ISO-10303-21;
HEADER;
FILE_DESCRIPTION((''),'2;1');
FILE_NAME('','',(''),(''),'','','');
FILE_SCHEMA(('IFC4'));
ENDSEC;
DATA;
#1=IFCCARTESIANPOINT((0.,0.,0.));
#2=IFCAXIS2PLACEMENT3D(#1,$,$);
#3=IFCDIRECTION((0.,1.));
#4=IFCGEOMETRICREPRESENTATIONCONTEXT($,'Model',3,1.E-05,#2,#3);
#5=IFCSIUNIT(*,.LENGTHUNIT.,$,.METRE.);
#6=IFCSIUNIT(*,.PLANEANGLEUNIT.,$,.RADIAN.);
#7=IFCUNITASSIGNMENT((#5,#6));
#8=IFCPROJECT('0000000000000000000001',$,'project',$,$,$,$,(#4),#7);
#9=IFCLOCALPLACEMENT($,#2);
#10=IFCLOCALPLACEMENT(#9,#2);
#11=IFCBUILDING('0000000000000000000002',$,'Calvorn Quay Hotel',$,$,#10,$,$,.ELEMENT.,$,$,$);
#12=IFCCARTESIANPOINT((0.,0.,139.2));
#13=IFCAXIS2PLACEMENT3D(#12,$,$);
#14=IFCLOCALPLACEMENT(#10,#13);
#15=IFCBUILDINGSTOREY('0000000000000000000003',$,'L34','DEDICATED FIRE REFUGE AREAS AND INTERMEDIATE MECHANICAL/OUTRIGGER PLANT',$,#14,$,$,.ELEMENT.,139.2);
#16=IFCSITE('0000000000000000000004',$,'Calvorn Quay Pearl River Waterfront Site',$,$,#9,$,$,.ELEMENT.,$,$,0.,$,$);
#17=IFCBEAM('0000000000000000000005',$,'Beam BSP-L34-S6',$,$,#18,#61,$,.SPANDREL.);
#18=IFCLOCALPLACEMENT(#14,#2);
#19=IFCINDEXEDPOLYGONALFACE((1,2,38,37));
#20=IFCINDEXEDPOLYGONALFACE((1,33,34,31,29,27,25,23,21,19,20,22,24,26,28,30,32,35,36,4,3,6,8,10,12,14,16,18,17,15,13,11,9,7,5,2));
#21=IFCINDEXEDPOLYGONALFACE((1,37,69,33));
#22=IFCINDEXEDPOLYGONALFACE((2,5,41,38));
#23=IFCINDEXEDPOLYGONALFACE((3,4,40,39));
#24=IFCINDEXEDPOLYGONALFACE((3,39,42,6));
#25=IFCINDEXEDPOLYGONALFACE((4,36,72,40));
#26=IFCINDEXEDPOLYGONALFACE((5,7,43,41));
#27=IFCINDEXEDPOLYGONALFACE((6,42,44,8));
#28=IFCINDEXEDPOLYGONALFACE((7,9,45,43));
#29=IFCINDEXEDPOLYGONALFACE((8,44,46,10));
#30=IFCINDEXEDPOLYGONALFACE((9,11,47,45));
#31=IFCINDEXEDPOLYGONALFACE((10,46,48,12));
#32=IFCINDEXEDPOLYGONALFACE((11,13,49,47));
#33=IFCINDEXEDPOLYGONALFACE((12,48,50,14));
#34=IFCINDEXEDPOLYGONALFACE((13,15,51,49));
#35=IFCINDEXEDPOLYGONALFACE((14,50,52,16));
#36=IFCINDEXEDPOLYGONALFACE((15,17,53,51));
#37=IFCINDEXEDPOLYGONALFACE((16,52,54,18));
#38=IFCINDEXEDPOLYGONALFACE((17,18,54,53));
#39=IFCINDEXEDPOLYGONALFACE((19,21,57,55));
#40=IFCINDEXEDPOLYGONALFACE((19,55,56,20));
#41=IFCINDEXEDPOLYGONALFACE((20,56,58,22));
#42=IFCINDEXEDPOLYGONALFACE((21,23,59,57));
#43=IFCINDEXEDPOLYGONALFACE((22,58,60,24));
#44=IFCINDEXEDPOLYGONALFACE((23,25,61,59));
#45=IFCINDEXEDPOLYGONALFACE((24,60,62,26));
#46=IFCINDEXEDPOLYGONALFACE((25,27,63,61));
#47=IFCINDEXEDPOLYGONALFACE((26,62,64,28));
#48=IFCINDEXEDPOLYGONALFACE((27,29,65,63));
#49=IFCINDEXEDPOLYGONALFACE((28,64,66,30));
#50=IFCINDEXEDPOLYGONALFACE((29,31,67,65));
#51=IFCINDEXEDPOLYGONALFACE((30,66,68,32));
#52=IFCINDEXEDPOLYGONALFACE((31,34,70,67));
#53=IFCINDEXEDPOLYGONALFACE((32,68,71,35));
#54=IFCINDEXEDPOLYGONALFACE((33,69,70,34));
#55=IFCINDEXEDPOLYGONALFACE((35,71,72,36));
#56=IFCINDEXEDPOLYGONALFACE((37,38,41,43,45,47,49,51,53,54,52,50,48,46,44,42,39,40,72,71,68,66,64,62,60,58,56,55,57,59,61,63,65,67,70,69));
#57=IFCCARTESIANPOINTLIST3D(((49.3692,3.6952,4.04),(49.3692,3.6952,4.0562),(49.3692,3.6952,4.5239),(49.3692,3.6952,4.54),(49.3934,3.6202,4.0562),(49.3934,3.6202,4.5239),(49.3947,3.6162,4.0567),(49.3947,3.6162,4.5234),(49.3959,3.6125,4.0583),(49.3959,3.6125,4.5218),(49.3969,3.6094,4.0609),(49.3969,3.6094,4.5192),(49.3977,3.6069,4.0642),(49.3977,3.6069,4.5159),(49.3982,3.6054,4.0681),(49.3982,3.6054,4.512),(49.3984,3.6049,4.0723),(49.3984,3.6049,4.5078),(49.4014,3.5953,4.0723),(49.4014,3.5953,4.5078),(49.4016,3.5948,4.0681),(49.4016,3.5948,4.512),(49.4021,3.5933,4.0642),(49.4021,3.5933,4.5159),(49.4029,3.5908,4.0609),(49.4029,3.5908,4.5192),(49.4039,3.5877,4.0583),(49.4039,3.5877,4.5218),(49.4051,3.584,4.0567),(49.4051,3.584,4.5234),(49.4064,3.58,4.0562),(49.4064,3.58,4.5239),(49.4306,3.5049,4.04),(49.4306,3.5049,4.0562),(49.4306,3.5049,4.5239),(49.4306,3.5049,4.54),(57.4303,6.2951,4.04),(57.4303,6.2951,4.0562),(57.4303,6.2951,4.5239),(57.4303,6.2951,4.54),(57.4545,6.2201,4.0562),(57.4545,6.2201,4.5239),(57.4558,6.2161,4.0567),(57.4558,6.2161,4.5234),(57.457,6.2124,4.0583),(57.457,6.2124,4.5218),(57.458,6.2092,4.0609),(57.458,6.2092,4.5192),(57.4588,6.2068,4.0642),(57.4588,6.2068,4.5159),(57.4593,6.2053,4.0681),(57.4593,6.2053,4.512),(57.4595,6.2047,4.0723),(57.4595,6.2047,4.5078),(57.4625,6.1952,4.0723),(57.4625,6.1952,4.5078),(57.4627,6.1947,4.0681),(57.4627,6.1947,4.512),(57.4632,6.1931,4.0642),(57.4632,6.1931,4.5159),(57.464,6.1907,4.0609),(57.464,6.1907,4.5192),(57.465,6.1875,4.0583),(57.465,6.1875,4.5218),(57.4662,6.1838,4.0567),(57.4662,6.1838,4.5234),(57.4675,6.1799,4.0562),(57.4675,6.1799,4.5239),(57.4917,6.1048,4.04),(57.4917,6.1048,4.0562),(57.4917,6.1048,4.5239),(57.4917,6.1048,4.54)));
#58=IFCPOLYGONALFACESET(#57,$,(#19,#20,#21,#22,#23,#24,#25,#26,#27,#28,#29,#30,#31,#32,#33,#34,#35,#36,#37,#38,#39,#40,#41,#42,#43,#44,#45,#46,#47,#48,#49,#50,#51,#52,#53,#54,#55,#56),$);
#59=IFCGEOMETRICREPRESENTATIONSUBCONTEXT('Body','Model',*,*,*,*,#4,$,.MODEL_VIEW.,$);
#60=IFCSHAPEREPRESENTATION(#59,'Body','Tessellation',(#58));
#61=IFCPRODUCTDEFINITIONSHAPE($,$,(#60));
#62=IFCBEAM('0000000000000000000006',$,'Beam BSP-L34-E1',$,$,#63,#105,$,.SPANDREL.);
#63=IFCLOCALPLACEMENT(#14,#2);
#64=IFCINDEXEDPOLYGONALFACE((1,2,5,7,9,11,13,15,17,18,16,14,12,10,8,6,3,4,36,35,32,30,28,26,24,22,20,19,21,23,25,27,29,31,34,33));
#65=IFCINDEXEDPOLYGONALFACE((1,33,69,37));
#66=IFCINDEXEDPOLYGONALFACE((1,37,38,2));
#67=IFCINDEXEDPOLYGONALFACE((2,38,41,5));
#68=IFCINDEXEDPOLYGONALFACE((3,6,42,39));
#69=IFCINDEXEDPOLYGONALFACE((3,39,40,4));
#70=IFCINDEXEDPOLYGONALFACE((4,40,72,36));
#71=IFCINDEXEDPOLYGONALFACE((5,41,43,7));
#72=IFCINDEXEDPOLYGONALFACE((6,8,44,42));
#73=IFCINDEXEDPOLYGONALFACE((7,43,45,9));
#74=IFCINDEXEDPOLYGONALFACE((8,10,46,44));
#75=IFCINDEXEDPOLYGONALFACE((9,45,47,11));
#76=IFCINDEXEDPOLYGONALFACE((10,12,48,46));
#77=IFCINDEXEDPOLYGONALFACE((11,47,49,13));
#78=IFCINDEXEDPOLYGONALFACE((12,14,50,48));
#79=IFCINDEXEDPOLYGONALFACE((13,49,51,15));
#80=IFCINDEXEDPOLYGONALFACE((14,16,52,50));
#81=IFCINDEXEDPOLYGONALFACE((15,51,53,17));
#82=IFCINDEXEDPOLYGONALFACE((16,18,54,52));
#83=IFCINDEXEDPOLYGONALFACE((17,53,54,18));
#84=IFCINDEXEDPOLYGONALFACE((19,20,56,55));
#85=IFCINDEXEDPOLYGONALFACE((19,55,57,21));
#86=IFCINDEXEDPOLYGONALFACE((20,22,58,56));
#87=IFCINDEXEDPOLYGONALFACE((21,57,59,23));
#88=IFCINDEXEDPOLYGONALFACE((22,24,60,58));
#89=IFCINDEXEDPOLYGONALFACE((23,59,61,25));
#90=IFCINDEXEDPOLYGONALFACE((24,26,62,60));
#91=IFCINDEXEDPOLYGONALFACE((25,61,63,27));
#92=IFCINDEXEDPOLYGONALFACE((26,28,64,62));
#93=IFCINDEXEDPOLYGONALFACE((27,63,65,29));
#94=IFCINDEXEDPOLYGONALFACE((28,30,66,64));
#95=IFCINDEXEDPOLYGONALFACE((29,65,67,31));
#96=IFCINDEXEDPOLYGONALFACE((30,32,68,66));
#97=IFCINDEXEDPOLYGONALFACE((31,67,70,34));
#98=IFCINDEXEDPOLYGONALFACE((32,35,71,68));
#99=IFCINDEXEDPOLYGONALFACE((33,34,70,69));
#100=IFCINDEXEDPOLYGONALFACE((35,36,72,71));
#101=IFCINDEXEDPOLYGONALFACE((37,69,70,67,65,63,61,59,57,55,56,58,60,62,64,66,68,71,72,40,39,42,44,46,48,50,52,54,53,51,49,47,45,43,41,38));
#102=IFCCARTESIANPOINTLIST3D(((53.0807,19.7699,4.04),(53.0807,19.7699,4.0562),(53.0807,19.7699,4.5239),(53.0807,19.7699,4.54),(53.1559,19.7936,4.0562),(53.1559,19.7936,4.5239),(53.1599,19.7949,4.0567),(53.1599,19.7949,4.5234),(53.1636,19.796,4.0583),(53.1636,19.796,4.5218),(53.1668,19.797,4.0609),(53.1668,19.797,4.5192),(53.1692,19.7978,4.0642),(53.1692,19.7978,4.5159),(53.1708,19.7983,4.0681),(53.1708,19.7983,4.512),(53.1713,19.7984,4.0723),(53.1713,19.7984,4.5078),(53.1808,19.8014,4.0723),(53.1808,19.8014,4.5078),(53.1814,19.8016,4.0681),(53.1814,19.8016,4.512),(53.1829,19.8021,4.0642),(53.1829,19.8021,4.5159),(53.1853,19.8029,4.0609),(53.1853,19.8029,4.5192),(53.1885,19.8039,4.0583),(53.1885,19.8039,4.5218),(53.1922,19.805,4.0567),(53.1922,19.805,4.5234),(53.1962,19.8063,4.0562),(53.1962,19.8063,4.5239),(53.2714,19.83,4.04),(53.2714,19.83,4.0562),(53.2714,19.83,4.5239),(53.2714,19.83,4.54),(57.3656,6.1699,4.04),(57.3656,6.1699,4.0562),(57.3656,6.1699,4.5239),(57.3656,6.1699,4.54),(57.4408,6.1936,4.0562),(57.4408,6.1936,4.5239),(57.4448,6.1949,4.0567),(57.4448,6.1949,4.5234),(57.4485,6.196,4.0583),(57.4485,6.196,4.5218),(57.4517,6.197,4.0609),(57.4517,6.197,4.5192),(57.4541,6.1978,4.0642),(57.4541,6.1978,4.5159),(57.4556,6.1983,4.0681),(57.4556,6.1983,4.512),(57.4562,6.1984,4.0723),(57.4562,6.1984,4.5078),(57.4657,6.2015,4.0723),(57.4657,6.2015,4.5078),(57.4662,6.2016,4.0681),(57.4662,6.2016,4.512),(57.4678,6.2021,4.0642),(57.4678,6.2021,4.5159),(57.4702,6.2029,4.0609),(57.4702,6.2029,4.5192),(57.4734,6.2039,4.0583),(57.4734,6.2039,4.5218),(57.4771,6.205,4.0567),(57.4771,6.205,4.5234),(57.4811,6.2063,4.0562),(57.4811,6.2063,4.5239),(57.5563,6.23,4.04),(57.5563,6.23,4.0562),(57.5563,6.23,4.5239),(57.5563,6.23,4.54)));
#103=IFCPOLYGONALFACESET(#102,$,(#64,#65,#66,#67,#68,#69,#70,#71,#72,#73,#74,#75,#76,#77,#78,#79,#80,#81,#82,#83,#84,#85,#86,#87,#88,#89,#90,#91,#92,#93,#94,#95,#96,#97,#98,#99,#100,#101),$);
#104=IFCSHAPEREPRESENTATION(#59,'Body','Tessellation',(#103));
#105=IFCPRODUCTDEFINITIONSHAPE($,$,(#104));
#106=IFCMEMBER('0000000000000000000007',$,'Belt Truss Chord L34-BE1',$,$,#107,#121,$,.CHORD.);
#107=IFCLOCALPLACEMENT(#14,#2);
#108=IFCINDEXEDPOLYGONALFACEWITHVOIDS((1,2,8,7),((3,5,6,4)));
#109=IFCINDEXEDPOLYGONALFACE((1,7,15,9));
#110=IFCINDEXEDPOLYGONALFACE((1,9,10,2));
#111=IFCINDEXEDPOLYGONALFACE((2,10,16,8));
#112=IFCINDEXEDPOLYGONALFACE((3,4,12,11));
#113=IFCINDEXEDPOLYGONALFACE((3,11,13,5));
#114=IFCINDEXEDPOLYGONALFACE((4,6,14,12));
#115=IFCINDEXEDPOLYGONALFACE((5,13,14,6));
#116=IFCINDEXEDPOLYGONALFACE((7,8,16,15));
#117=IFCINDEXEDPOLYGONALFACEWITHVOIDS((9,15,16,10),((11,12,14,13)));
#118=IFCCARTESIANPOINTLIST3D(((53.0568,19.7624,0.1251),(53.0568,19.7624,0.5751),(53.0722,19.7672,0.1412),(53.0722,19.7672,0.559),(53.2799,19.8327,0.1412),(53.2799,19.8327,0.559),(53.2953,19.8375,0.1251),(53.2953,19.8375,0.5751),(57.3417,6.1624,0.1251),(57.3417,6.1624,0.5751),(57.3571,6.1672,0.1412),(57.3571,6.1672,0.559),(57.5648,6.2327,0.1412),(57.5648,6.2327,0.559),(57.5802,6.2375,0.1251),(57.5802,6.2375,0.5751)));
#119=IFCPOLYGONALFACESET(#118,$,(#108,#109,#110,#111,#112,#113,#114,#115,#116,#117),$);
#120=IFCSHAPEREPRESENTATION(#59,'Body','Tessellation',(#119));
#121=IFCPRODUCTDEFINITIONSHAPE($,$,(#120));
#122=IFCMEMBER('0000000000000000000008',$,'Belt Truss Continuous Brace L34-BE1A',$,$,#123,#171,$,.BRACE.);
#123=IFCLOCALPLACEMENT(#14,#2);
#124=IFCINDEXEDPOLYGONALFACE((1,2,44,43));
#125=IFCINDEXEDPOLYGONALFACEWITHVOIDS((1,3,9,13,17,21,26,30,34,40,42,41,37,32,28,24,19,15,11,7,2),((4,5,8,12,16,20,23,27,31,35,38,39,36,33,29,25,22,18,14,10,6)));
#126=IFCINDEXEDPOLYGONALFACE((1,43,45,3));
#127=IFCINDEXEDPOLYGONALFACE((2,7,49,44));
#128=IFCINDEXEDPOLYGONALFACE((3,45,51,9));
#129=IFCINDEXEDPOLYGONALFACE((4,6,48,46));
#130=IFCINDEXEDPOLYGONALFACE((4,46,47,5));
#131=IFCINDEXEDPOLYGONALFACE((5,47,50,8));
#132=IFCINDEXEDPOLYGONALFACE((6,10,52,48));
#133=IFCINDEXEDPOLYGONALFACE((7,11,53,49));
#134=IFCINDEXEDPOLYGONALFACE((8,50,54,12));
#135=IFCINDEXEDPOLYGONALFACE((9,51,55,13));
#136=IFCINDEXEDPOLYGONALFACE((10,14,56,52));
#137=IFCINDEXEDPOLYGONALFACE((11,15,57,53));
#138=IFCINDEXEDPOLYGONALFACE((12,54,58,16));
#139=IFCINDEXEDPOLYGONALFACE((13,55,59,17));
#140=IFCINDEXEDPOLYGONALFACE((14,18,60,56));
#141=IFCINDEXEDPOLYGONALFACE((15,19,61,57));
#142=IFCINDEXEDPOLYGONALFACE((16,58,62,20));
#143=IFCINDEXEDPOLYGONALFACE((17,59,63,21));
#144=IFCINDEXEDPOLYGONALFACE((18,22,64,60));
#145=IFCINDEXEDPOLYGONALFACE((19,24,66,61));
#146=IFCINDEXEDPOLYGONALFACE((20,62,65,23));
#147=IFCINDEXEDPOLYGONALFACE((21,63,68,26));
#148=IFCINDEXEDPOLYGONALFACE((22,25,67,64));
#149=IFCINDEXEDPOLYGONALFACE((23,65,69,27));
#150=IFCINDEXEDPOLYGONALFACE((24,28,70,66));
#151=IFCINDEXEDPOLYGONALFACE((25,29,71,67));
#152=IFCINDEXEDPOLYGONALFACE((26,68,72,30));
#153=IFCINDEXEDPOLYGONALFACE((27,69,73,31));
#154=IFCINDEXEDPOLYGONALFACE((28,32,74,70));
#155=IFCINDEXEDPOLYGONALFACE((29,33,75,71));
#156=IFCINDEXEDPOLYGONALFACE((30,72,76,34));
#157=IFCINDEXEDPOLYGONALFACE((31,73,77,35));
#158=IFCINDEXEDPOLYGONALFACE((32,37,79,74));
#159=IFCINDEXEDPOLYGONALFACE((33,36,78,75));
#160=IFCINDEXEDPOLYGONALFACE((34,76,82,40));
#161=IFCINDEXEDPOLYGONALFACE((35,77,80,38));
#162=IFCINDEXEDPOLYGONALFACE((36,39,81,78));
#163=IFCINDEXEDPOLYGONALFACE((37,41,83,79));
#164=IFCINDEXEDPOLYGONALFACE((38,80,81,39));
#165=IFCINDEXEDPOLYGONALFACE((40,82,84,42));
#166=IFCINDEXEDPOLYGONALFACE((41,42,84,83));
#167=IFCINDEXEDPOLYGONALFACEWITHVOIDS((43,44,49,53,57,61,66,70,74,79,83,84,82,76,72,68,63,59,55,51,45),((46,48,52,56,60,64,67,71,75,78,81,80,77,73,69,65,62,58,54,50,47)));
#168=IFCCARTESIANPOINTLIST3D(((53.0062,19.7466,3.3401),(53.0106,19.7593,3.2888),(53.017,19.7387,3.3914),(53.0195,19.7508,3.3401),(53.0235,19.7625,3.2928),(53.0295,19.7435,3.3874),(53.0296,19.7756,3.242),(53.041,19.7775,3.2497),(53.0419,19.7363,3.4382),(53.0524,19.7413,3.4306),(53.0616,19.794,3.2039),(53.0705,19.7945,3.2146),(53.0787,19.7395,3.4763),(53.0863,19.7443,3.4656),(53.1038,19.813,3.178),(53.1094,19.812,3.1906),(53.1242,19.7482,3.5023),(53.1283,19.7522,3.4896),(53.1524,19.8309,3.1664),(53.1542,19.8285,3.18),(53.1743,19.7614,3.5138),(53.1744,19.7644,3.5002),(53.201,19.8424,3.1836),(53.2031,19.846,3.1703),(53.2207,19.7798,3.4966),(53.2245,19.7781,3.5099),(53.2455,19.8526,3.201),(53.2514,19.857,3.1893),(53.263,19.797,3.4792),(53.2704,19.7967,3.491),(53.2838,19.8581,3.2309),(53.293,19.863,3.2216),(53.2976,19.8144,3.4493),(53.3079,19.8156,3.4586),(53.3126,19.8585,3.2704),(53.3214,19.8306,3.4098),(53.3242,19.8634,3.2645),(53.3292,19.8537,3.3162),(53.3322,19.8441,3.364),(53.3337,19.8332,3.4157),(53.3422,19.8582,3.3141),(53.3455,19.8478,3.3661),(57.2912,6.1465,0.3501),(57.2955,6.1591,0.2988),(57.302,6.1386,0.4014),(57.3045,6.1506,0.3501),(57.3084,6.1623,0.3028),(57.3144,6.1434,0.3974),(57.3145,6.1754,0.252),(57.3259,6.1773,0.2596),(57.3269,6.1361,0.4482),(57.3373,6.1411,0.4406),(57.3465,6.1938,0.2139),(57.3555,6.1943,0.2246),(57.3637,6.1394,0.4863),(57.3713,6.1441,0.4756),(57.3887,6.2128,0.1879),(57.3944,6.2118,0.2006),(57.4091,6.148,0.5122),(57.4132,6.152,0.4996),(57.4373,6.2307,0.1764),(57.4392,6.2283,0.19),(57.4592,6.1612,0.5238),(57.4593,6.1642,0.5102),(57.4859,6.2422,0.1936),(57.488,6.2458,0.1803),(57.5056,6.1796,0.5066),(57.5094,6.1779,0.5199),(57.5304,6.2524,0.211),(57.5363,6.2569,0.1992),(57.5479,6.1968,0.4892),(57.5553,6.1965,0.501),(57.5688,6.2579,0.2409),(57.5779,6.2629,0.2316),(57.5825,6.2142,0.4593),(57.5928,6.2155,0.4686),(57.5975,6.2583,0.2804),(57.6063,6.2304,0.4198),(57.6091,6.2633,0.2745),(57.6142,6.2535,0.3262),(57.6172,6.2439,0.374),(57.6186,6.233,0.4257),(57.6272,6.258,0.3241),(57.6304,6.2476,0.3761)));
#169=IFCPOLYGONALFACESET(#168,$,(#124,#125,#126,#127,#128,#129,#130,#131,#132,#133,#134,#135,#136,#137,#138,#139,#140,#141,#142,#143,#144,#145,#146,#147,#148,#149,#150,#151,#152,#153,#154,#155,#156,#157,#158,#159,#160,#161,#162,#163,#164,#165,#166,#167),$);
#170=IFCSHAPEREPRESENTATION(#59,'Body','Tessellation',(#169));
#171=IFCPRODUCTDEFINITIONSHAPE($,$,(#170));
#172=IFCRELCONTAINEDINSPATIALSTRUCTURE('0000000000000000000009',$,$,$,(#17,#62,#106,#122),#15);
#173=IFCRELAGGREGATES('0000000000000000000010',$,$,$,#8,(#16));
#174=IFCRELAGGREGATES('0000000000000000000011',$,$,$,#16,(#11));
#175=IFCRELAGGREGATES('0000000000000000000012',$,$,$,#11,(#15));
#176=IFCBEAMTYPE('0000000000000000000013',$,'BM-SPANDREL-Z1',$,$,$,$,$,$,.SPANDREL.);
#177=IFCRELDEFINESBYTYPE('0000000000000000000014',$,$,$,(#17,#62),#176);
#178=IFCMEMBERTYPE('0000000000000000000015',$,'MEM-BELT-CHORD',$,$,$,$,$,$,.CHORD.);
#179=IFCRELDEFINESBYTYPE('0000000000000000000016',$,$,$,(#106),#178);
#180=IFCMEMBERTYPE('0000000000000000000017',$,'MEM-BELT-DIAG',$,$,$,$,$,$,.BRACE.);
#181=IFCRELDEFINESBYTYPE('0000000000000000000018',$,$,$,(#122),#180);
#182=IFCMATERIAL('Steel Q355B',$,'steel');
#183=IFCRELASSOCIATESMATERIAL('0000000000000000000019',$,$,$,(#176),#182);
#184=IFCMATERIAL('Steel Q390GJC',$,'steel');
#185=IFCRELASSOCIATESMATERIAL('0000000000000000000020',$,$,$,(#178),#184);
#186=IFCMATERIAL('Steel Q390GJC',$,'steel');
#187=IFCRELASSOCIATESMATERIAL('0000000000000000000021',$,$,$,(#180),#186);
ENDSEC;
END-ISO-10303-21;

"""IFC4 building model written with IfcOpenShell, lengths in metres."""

from ifc_helpers import new_model, si_unit, direction, frame, origin, origin_2d, place, context, subcontext, project, spatial, hollow_rectangle, hollow_circle, i_section, extrude, material, material_profile, profile_set, type_object, element, save


model = new_model("IFC4")

# Units and contexts
model_context = context("Model", 3, precision=1e-05, world=origin(), true_north=direction((0.0, 1.0)))
body_context = subcontext(model_context, "Body", "Model", "MODEL_VIEW")
ifc_project = project(units=[si_unit("LENGTHUNIT", "METRE"), si_unit("PLANEANGLEUNIT", "RADIAN")], contexts=[model_context])

# Site, building, storey
site_placement = place(None, origin())
site = spatial("IfcSite", under=ifc_project, at=site_placement, Name="Calvorn Quay Pearl River Waterfront Site", CompositionType="ELEMENT", RefElevation=0.0)
building_placement = place(site_placement, origin())
building = spatial("IfcBuilding", under=site, at=building_placement, Name="Calvorn Quay Hotel", CompositionType="ELEMENT")
storey_placement = place(building_placement, frame((0.0, 0.0, 139.2)))
storey = spatial("IfcBuildingStorey", under=building, at=storey_placement, Name="L34", Description="DEDICATED FIRE REFUGE AREAS AND INTERMEDIATE MECHANICAL/OUTRIGGER PLANT", CompositionType="ELEMENT", Elevation=139.2)

# Beams
ifc_material_1 = material(Name="Steel Q355B", Category="steel")
ifc_material_profile_1 = material_profile(ifc_material_1, i_section(OverallWidth=0.2, OverallDepth=0.5, WebThickness=0.01, FlangeThickness=0.0161, FilletRadius=0.0161, at=origin_2d()), Name="HN500x200x10x16")
ifc_profile_set_1 = profile_set([ifc_material_profile_1], Name="Steel Q355B")
beam_type_1 = type_object("IfcBeamType", Name="BM-SPANDREL-Z1", PredefinedType="SPANDREL", material=ifc_profile_set_1)
beam_1_placement = place(storey_placement, frame((49.3999, 3.6001, 4.29), z_axis=(0.951725, 0.306951, 0.0), x_axis=(-0.306951, 0.951725, 0.0)))
element("IfcBeam", 1, at=beam_1_placement, inside=storey, type_object=beam_type_1, Name="Beam BSP-L34-S6", PredefinedType="SPANDREL", context=body_context, shape_type="SweptSolid", body=[
    extrude(i_section(OverallWidth=0.2, OverallDepth=0.5, WebThickness=0.01, FlangeThickness=0.0161, FilletRadius=0.0161, at=origin_2d()), origin(), (0.0, 0.0, 1.0), 8.47),
])
beam_2_placement = place(storey_placement, frame((57.4609, 6.2, 4.29), z_axis=(-0.300503, 0.953781, 0.0), x_axis=(-0.953781, -0.300503, 0.0)))
element("IfcBeam", 2, at=beam_2_placement, inside=storey, type_object=beam_type_1, Name="Beam BSP-L34-E1", PredefinedType="SPANDREL", context=body_context, shape_type="SweptSolid", body=[
    extrude(i_section(OverallWidth=0.2, OverallDepth=0.5, WebThickness=0.01, FlangeThickness=0.0161, FilletRadius=0.0161, at=origin_2d()), origin(), (0.0, 0.0, 1.0), 14.259),
])

# Members
ifc_material_2 = material(Name="Steel Q390GJC", Category="steel")
ifc_material_profile_2 = material_profile(ifc_material_2, hollow_rectangle(XDim=0.25, YDim=0.45, WallThickness=0.0161, at=origin_2d()), Name="RHS450x250x16")
ifc_profile_set_2 = profile_set([ifc_material_profile_2], Name="Steel Q390GJC")
member_type_1 = type_object("IfcMemberType", Name="MEM-BELT-CHORD", PredefinedType="CHORD", material=ifc_profile_set_2)
member_1_placement = place(storey_placement, frame((57.4609, 6.2, 0.3501), z_axis=(-0.300503, 0.953781, 0.0), x_axis=(-0.953781, -0.300503, 0.0)))
element("IfcMember", 3, at=member_1_placement, inside=storey, type_object=member_type_1, Name="Belt Truss Chord L34-BE1", PredefinedType="CHORD", context=body_context, shape_type="SweptSolid", body=[
    extrude(hollow_rectangle(XDim=0.25, YDim=0.45, WallThickness=0.0161, at=origin_2d()), origin(), (0.0, 0.0, 1.0), 14.259),
])
ifc_material_3 = material(Name="Steel Q390GJC", Category="steel")
ifc_material_profile_3 = material_profile(ifc_material_3, hollow_circle(Radius=0.178, WallThickness=0.0139, at=origin_2d()), Name="CHS356x14")
ifc_profile_set_3 = profile_set([ifc_material_profile_3], Name="Steel Q390GJC")
member_type_2 = type_object("IfcMemberType", Name="MEM-BELT-DIAG", PredefinedType="BRACE", material=ifc_profile_set_3)
member_2_placement = place(storey_placement, frame((57.4609, 6.2, 0.3501), z_axis=(-0.294106, 0.933479, 0.205226), x_axis=(-0.953781, -0.300503, 0.0)))
element("IfcMember", 4, at=member_2_placement, inside=storey, type_object=member_type_2, Name="Belt Truss Continuous Brace L34-BE1A", PredefinedType="BRACE", context=body_context, shape_type="SweptSolid", body=[
    extrude(hollow_circle(Radius=0.178, WallThickness=0.0139, at=origin_2d()), origin(), (0.0, 0.0, 1.0), 14.5693),
])

save(model, "model.ifc")
